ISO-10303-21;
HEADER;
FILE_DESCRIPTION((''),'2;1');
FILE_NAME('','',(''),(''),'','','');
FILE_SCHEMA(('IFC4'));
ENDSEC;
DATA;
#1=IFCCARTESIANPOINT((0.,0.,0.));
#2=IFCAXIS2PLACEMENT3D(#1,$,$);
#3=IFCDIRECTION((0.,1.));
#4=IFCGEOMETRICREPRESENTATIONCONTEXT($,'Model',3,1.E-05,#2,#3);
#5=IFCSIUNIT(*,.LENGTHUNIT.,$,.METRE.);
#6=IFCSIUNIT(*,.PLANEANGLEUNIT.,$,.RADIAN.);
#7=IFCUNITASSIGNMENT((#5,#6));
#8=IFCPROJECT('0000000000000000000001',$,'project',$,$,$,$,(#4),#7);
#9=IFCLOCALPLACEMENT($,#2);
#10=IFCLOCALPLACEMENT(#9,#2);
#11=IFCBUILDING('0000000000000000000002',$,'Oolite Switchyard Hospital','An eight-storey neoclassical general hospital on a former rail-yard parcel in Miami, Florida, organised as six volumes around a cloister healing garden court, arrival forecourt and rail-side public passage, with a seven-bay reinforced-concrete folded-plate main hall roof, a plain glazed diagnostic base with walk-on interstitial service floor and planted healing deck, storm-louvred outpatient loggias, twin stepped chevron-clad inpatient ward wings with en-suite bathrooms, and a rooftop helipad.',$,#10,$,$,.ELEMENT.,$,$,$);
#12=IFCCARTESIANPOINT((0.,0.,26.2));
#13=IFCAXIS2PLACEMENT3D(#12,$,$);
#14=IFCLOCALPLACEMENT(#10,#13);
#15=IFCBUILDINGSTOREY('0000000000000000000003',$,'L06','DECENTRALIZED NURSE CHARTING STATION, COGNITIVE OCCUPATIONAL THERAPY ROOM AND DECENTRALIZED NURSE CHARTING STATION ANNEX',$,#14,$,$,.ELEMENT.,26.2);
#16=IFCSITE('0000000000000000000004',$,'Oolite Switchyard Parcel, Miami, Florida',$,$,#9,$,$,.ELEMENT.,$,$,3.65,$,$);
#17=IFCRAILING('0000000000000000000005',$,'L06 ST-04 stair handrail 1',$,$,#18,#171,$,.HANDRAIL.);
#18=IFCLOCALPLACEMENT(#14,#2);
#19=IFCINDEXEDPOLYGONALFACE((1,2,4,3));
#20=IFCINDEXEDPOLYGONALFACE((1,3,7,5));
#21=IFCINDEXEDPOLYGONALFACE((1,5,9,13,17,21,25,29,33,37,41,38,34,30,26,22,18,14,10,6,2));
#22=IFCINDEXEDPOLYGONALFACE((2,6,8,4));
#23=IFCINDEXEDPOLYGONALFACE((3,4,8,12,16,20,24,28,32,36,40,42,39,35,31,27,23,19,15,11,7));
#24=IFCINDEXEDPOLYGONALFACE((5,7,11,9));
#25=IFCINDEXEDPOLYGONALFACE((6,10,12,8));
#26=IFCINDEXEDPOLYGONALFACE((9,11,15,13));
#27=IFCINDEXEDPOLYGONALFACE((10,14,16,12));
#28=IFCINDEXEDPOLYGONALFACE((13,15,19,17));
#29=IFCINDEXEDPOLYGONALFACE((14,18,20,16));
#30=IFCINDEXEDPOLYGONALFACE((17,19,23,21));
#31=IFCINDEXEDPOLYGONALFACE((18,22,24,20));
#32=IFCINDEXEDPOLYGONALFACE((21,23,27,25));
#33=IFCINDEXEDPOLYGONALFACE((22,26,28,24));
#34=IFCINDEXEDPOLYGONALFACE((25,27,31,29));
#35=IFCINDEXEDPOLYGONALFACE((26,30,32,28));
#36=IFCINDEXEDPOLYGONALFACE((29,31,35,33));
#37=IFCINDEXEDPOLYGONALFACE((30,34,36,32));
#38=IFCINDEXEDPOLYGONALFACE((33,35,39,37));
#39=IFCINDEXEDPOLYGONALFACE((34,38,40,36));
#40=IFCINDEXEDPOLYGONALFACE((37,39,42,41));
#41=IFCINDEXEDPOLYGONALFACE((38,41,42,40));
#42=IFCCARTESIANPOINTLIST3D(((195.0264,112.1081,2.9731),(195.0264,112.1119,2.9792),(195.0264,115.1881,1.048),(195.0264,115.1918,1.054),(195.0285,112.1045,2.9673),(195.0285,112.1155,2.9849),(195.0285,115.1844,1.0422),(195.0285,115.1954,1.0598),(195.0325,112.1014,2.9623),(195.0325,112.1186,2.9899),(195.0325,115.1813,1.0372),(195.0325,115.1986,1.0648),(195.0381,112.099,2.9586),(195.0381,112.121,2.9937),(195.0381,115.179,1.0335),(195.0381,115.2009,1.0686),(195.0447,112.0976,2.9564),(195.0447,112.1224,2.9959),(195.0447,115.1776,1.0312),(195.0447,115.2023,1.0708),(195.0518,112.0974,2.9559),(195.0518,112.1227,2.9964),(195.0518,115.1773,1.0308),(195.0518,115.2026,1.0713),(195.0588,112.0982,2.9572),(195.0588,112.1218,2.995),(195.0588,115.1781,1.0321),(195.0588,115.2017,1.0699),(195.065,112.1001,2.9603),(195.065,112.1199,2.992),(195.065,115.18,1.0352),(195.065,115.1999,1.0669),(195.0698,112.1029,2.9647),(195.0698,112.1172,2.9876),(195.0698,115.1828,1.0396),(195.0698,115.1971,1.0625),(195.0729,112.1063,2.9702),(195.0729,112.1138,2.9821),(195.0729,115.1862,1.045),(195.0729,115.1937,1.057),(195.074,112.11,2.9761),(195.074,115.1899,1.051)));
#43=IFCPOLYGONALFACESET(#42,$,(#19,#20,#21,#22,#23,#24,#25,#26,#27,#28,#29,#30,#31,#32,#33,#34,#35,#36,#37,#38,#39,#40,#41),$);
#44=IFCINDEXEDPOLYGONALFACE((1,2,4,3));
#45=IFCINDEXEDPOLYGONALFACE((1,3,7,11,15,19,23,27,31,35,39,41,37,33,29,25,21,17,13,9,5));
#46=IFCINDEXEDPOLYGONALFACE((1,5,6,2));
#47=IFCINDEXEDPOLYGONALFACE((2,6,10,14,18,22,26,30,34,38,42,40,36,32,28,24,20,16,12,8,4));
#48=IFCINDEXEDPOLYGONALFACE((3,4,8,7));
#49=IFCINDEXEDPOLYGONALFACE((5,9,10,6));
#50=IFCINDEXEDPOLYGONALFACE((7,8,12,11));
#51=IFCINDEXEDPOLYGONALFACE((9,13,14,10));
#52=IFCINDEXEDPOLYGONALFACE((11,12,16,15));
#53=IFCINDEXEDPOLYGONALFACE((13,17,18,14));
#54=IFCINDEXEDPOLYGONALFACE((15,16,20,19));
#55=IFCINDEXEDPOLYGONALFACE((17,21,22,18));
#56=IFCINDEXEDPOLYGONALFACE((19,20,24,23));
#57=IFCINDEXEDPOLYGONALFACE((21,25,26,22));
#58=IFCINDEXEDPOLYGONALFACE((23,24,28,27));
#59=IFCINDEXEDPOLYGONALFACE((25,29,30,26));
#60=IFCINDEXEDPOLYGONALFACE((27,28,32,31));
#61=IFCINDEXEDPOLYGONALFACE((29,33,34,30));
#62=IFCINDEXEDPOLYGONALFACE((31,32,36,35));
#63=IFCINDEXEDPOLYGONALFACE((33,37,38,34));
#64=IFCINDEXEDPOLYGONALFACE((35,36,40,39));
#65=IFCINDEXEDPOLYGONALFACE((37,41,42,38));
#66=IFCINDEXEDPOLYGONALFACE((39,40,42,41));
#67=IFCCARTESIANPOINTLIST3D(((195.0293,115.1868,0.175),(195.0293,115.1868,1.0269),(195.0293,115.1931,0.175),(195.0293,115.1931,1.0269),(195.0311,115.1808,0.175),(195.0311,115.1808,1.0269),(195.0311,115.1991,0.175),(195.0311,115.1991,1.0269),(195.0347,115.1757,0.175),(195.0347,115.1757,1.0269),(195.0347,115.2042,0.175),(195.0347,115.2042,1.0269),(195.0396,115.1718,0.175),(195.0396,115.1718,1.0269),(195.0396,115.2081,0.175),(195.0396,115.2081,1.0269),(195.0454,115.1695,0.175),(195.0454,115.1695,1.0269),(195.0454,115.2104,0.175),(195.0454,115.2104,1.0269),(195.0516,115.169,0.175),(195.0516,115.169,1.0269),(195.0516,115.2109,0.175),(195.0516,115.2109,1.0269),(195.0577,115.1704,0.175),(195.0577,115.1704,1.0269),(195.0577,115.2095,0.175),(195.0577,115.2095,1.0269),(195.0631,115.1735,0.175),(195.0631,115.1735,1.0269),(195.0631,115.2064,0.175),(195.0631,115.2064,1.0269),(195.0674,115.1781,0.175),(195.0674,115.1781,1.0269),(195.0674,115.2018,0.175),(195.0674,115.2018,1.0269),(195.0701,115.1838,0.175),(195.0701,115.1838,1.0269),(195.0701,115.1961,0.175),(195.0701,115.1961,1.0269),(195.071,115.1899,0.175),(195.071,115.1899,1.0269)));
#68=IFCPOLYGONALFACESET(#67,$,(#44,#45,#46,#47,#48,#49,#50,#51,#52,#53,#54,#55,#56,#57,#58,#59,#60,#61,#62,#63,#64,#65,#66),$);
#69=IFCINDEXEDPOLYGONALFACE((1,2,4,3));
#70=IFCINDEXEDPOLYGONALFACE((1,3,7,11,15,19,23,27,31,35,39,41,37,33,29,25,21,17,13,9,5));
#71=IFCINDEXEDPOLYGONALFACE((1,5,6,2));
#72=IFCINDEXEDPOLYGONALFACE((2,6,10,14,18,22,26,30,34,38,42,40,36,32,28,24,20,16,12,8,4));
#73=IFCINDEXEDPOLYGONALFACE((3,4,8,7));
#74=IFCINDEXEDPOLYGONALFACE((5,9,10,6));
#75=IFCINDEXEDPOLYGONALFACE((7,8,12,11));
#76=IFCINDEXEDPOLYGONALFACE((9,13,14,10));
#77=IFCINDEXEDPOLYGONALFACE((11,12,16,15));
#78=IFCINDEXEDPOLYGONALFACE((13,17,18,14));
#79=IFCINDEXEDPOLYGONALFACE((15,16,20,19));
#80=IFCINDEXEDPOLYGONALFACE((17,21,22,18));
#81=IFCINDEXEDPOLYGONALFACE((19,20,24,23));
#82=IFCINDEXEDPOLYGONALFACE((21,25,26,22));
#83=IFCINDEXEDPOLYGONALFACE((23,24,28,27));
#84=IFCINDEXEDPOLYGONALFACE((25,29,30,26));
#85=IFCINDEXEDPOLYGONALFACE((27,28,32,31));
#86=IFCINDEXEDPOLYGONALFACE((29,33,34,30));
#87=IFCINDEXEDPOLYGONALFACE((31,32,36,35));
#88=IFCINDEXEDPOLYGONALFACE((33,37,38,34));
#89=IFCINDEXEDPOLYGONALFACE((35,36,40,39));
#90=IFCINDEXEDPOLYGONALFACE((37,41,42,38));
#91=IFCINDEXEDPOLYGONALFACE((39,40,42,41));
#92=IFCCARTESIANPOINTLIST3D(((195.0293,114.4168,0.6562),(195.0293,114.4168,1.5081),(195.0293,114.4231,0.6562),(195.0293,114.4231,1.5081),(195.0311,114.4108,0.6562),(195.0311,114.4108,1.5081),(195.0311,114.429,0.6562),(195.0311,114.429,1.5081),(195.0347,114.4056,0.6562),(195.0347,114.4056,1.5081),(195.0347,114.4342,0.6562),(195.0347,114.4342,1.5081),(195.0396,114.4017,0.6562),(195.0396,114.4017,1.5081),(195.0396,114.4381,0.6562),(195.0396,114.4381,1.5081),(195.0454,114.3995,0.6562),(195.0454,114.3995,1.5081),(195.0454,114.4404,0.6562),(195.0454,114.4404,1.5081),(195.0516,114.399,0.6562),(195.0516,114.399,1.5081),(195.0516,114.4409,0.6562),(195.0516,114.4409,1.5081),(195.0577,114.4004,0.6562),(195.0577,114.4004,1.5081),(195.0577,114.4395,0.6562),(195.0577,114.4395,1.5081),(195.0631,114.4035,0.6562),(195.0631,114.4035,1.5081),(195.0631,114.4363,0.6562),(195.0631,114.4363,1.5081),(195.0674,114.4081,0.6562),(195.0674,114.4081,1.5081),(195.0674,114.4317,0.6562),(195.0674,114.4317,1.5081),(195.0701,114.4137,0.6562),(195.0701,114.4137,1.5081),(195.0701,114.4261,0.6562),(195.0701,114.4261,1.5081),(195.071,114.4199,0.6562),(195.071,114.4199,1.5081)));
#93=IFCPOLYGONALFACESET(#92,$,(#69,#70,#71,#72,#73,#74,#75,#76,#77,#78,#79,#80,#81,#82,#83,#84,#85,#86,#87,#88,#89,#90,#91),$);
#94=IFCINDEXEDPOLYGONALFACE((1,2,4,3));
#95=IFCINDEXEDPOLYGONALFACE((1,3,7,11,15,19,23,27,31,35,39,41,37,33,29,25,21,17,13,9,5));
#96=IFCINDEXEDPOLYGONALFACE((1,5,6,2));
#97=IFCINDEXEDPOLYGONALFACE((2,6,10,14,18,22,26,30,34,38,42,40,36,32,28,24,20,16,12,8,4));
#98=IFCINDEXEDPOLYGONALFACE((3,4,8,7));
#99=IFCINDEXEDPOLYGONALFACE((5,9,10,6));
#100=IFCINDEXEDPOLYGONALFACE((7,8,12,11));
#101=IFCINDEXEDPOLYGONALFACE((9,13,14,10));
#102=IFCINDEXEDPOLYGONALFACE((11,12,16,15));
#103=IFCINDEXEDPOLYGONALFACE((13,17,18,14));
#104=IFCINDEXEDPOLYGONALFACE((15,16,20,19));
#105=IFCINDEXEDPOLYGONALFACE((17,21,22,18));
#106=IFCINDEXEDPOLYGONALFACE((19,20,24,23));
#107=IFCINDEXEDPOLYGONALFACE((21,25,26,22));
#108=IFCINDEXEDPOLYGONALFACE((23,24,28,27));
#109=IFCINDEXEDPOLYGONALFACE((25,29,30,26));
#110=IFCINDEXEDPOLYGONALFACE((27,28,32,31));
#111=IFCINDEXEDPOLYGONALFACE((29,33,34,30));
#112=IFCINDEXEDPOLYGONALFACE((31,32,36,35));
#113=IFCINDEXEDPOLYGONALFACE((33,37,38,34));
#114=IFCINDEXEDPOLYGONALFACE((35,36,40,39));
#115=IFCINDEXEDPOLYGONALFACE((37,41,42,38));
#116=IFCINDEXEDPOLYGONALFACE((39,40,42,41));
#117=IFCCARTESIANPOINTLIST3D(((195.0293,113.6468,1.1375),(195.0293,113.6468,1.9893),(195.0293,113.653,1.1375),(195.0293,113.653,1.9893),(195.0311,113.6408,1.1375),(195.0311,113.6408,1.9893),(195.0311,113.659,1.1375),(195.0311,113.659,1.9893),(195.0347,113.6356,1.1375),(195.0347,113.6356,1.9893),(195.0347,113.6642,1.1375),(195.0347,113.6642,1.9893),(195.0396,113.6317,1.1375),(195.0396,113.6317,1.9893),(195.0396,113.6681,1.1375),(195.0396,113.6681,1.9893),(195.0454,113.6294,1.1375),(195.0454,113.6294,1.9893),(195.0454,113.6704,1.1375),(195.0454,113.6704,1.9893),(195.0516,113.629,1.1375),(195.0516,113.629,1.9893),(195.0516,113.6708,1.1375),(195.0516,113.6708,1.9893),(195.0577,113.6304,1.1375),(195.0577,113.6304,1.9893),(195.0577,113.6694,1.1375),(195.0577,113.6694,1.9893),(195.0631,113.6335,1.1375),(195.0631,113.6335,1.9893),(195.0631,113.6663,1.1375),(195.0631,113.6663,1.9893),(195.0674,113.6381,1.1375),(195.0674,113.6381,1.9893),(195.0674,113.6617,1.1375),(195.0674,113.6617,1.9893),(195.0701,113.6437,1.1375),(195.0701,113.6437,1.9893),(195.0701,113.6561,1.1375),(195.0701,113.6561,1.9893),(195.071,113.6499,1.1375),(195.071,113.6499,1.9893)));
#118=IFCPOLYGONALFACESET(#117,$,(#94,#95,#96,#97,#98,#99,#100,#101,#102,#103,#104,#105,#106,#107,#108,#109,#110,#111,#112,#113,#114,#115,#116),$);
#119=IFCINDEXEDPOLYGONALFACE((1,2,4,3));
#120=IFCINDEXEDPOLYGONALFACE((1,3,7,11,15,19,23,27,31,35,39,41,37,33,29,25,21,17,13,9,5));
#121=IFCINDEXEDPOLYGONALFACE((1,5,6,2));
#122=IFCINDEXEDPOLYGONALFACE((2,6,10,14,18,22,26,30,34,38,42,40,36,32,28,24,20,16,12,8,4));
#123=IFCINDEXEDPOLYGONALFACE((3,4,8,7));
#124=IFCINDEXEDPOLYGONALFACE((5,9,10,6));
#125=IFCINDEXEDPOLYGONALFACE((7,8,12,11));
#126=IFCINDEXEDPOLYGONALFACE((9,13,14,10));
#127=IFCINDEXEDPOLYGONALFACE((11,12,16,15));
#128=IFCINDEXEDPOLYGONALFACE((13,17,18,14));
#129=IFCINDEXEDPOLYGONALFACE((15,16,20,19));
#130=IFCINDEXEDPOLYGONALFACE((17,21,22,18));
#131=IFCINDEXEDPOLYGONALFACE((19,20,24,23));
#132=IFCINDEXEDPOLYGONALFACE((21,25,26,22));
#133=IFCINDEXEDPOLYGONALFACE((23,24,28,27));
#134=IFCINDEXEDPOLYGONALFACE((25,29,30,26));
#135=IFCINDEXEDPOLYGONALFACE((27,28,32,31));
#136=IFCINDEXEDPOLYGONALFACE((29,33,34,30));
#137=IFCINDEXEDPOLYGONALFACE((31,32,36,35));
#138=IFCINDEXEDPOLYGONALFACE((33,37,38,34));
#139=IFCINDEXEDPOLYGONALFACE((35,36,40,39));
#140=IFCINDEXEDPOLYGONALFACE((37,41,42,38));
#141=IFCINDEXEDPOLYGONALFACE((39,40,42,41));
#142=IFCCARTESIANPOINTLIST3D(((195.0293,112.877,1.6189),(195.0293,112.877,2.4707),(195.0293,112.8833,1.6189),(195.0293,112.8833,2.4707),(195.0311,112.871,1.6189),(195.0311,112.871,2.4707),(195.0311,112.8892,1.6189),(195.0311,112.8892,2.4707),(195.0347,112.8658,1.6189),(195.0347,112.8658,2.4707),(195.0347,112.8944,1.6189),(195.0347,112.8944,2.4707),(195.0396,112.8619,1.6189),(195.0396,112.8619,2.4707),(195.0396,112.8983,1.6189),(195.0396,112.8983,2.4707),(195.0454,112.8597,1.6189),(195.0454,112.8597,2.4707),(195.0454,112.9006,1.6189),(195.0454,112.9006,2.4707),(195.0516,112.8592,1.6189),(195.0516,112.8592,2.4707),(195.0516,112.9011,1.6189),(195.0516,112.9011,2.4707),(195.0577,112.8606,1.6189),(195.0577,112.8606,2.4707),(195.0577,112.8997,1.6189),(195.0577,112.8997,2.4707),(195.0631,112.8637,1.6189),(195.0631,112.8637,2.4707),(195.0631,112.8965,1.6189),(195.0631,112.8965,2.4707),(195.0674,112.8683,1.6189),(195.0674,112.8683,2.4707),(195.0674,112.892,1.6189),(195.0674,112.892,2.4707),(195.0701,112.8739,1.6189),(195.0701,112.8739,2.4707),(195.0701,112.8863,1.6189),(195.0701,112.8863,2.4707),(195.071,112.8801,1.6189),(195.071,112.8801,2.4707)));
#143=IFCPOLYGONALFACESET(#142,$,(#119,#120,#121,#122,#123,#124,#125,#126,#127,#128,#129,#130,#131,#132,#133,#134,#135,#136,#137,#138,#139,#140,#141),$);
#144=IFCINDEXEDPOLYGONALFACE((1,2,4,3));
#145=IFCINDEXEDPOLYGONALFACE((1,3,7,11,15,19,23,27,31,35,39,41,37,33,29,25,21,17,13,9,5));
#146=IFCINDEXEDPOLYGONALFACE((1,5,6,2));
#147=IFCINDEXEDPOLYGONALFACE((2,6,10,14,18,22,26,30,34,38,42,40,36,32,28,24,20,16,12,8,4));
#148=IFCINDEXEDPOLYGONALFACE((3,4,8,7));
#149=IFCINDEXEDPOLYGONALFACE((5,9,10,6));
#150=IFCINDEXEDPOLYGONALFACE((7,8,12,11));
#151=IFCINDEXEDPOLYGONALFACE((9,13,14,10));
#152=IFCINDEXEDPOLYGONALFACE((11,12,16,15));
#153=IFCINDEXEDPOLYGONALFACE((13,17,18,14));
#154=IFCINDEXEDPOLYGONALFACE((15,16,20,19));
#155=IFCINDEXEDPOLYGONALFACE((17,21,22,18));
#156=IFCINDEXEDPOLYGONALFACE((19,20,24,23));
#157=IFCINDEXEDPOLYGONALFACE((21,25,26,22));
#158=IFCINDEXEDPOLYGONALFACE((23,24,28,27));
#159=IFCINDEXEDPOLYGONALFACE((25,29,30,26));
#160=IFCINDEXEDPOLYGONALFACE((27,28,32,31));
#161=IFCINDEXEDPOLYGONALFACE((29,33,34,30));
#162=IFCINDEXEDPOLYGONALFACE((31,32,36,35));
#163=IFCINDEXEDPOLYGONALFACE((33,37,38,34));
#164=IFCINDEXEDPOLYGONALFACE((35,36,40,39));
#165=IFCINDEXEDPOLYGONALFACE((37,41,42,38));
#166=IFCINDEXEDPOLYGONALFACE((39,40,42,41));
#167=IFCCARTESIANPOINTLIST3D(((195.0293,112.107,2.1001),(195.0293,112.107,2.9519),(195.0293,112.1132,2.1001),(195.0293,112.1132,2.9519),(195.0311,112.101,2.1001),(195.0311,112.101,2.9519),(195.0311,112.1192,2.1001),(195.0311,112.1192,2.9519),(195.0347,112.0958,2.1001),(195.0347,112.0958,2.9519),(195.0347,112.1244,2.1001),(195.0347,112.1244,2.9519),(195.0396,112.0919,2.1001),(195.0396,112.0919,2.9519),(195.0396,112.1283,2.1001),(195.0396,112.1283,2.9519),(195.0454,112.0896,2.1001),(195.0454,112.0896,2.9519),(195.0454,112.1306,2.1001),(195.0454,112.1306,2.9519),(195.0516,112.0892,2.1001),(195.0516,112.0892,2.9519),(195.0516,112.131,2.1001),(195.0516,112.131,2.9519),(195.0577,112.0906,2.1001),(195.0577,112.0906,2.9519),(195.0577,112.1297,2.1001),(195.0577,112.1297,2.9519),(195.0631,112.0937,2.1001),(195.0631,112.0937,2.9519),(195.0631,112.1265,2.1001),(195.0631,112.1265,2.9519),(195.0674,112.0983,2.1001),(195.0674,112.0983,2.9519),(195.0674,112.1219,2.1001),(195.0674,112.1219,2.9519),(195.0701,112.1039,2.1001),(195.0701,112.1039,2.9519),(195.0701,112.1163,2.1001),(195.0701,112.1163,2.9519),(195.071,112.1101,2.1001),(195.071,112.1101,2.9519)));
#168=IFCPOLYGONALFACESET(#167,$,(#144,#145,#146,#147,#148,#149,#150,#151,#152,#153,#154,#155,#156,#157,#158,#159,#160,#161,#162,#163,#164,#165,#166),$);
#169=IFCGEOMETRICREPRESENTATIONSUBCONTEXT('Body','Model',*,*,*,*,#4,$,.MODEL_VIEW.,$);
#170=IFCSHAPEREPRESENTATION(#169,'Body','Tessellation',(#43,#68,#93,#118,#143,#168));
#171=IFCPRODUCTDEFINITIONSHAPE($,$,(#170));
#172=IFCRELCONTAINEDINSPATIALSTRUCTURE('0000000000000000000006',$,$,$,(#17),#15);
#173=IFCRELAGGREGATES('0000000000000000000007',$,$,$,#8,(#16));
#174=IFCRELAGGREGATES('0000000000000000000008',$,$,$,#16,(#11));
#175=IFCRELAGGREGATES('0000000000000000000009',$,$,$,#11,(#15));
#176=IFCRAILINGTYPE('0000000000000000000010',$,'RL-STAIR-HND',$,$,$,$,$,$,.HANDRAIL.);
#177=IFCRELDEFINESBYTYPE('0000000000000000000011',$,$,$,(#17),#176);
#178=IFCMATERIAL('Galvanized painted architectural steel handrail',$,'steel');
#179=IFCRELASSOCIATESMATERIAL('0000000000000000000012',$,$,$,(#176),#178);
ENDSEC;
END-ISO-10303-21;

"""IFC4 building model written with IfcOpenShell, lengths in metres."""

from ifc_helpers import new_model, si_unit, direction, frame, origin, origin_2d, place, context, subcontext, project, spatial, circle, extrude, material, type_object, element, save


model = new_model("IFC4")

# Units and contexts
model_context = context("Model", 3, precision=1e-05, world=origin(), true_north=direction((0.0, 1.0)))
body_context = subcontext(model_context, "Body", "Model", "MODEL_VIEW")
ifc_project = project(units=[si_unit("LENGTHUNIT", "METRE"), si_unit("PLANEANGLEUNIT", "RADIAN")], contexts=[model_context])

# Site, building, storey
site_placement = place(None, origin())
site = spatial("IfcSite", under=ifc_project, at=site_placement, Name="Oolite Switchyard Parcel, Miami, Florida", CompositionType="ELEMENT", RefElevation=3.65)
building_placement = place(site_placement, origin())
building = spatial("IfcBuilding", under=site, at=building_placement, Name="Oolite Switchyard Hospital", Description="An eight-storey neoclassical general hospital on a former rail-yard parcel in Miami, Florida, organised as six volumes around a cloister healing garden court, arrival forecourt and rail-side public passage, with a seven-bay reinforced-concrete folded-plate main hall roof, a plain glazed diagnostic base with walk-on interstitial service floor and planted healing deck, storm-louvred outpatient loggias, twin stepped chevron-clad inpatient ward wings with en-suite bathrooms, and a rooftop helipad.", CompositionType="ELEMENT")
storey_placement = place(building_placement, frame((0.0, 0.0, 26.2)))
storey = spatial("IfcBuildingStorey", under=building, at=storey_placement, Name="L06", Description="DECENTRALIZED NURSE CHARTING STATION, COGNITIVE OCCUPATIONAL THERAPY ROOM AND DECENTRALIZED NURSE CHARTING STATION ANNEX", CompositionType="ELEMENT", Elevation=26.2)

# Railing
ifc_material_1 = material(Name="Galvanized painted architectural steel handrail", Category="steel")
railing_type_1 = type_object("IfcRailingType", Name="RL-STAIR-HND", PredefinedType="HANDRAIL", material=ifc_material_1)
railing_1_placement = place(storey_placement, frame((195.05, 115.1899, 0.175)))
element("IfcRailing", 1, at=railing_1_placement, inside=storey, type_object=railing_type_1, Name="L06 ST-04 stair handrail 1", PredefinedType="HANDRAIL", context=body_context, shape_type="SweptSolid", body=[
    extrude(circle(Radius=0.0239, at=origin_2d()), frame((0.0, 0.0, 0.876), z_axis=(0.0, -0.847979, 0.530029), x_axis=(1.0, 0.0, 0.0)), (0.0, 0.0, 1.0), 3.6321),
    extrude(circle(Radius=0.021, at=origin_2d()), origin(), (0.0, 0.0, 1.0), 0.8518),
    extrude(circle(Radius=0.021, at=origin_2d()), frame((0.0, -0.77, 0.4812)), (0.0, 0.0, 1.0), 0.8518),
    extrude(circle(Radius=0.021, at=origin_2d()), frame((0.0, -1.54, 0.9624)), (0.0, 0.0, 1.0), 0.8518),
    extrude(circle(Radius=0.021, at=origin_2d()), frame((0.0, -2.3098, 1.4438)), (0.0, 0.0, 1.0), 0.8518),
    extrude(circle(Radius=0.021, at=origin_2d()), frame((0.0, -3.0798, 1.925)), (0.0, 0.0, 1.0), 0.8518),
])

save(model, "model.ifc")
